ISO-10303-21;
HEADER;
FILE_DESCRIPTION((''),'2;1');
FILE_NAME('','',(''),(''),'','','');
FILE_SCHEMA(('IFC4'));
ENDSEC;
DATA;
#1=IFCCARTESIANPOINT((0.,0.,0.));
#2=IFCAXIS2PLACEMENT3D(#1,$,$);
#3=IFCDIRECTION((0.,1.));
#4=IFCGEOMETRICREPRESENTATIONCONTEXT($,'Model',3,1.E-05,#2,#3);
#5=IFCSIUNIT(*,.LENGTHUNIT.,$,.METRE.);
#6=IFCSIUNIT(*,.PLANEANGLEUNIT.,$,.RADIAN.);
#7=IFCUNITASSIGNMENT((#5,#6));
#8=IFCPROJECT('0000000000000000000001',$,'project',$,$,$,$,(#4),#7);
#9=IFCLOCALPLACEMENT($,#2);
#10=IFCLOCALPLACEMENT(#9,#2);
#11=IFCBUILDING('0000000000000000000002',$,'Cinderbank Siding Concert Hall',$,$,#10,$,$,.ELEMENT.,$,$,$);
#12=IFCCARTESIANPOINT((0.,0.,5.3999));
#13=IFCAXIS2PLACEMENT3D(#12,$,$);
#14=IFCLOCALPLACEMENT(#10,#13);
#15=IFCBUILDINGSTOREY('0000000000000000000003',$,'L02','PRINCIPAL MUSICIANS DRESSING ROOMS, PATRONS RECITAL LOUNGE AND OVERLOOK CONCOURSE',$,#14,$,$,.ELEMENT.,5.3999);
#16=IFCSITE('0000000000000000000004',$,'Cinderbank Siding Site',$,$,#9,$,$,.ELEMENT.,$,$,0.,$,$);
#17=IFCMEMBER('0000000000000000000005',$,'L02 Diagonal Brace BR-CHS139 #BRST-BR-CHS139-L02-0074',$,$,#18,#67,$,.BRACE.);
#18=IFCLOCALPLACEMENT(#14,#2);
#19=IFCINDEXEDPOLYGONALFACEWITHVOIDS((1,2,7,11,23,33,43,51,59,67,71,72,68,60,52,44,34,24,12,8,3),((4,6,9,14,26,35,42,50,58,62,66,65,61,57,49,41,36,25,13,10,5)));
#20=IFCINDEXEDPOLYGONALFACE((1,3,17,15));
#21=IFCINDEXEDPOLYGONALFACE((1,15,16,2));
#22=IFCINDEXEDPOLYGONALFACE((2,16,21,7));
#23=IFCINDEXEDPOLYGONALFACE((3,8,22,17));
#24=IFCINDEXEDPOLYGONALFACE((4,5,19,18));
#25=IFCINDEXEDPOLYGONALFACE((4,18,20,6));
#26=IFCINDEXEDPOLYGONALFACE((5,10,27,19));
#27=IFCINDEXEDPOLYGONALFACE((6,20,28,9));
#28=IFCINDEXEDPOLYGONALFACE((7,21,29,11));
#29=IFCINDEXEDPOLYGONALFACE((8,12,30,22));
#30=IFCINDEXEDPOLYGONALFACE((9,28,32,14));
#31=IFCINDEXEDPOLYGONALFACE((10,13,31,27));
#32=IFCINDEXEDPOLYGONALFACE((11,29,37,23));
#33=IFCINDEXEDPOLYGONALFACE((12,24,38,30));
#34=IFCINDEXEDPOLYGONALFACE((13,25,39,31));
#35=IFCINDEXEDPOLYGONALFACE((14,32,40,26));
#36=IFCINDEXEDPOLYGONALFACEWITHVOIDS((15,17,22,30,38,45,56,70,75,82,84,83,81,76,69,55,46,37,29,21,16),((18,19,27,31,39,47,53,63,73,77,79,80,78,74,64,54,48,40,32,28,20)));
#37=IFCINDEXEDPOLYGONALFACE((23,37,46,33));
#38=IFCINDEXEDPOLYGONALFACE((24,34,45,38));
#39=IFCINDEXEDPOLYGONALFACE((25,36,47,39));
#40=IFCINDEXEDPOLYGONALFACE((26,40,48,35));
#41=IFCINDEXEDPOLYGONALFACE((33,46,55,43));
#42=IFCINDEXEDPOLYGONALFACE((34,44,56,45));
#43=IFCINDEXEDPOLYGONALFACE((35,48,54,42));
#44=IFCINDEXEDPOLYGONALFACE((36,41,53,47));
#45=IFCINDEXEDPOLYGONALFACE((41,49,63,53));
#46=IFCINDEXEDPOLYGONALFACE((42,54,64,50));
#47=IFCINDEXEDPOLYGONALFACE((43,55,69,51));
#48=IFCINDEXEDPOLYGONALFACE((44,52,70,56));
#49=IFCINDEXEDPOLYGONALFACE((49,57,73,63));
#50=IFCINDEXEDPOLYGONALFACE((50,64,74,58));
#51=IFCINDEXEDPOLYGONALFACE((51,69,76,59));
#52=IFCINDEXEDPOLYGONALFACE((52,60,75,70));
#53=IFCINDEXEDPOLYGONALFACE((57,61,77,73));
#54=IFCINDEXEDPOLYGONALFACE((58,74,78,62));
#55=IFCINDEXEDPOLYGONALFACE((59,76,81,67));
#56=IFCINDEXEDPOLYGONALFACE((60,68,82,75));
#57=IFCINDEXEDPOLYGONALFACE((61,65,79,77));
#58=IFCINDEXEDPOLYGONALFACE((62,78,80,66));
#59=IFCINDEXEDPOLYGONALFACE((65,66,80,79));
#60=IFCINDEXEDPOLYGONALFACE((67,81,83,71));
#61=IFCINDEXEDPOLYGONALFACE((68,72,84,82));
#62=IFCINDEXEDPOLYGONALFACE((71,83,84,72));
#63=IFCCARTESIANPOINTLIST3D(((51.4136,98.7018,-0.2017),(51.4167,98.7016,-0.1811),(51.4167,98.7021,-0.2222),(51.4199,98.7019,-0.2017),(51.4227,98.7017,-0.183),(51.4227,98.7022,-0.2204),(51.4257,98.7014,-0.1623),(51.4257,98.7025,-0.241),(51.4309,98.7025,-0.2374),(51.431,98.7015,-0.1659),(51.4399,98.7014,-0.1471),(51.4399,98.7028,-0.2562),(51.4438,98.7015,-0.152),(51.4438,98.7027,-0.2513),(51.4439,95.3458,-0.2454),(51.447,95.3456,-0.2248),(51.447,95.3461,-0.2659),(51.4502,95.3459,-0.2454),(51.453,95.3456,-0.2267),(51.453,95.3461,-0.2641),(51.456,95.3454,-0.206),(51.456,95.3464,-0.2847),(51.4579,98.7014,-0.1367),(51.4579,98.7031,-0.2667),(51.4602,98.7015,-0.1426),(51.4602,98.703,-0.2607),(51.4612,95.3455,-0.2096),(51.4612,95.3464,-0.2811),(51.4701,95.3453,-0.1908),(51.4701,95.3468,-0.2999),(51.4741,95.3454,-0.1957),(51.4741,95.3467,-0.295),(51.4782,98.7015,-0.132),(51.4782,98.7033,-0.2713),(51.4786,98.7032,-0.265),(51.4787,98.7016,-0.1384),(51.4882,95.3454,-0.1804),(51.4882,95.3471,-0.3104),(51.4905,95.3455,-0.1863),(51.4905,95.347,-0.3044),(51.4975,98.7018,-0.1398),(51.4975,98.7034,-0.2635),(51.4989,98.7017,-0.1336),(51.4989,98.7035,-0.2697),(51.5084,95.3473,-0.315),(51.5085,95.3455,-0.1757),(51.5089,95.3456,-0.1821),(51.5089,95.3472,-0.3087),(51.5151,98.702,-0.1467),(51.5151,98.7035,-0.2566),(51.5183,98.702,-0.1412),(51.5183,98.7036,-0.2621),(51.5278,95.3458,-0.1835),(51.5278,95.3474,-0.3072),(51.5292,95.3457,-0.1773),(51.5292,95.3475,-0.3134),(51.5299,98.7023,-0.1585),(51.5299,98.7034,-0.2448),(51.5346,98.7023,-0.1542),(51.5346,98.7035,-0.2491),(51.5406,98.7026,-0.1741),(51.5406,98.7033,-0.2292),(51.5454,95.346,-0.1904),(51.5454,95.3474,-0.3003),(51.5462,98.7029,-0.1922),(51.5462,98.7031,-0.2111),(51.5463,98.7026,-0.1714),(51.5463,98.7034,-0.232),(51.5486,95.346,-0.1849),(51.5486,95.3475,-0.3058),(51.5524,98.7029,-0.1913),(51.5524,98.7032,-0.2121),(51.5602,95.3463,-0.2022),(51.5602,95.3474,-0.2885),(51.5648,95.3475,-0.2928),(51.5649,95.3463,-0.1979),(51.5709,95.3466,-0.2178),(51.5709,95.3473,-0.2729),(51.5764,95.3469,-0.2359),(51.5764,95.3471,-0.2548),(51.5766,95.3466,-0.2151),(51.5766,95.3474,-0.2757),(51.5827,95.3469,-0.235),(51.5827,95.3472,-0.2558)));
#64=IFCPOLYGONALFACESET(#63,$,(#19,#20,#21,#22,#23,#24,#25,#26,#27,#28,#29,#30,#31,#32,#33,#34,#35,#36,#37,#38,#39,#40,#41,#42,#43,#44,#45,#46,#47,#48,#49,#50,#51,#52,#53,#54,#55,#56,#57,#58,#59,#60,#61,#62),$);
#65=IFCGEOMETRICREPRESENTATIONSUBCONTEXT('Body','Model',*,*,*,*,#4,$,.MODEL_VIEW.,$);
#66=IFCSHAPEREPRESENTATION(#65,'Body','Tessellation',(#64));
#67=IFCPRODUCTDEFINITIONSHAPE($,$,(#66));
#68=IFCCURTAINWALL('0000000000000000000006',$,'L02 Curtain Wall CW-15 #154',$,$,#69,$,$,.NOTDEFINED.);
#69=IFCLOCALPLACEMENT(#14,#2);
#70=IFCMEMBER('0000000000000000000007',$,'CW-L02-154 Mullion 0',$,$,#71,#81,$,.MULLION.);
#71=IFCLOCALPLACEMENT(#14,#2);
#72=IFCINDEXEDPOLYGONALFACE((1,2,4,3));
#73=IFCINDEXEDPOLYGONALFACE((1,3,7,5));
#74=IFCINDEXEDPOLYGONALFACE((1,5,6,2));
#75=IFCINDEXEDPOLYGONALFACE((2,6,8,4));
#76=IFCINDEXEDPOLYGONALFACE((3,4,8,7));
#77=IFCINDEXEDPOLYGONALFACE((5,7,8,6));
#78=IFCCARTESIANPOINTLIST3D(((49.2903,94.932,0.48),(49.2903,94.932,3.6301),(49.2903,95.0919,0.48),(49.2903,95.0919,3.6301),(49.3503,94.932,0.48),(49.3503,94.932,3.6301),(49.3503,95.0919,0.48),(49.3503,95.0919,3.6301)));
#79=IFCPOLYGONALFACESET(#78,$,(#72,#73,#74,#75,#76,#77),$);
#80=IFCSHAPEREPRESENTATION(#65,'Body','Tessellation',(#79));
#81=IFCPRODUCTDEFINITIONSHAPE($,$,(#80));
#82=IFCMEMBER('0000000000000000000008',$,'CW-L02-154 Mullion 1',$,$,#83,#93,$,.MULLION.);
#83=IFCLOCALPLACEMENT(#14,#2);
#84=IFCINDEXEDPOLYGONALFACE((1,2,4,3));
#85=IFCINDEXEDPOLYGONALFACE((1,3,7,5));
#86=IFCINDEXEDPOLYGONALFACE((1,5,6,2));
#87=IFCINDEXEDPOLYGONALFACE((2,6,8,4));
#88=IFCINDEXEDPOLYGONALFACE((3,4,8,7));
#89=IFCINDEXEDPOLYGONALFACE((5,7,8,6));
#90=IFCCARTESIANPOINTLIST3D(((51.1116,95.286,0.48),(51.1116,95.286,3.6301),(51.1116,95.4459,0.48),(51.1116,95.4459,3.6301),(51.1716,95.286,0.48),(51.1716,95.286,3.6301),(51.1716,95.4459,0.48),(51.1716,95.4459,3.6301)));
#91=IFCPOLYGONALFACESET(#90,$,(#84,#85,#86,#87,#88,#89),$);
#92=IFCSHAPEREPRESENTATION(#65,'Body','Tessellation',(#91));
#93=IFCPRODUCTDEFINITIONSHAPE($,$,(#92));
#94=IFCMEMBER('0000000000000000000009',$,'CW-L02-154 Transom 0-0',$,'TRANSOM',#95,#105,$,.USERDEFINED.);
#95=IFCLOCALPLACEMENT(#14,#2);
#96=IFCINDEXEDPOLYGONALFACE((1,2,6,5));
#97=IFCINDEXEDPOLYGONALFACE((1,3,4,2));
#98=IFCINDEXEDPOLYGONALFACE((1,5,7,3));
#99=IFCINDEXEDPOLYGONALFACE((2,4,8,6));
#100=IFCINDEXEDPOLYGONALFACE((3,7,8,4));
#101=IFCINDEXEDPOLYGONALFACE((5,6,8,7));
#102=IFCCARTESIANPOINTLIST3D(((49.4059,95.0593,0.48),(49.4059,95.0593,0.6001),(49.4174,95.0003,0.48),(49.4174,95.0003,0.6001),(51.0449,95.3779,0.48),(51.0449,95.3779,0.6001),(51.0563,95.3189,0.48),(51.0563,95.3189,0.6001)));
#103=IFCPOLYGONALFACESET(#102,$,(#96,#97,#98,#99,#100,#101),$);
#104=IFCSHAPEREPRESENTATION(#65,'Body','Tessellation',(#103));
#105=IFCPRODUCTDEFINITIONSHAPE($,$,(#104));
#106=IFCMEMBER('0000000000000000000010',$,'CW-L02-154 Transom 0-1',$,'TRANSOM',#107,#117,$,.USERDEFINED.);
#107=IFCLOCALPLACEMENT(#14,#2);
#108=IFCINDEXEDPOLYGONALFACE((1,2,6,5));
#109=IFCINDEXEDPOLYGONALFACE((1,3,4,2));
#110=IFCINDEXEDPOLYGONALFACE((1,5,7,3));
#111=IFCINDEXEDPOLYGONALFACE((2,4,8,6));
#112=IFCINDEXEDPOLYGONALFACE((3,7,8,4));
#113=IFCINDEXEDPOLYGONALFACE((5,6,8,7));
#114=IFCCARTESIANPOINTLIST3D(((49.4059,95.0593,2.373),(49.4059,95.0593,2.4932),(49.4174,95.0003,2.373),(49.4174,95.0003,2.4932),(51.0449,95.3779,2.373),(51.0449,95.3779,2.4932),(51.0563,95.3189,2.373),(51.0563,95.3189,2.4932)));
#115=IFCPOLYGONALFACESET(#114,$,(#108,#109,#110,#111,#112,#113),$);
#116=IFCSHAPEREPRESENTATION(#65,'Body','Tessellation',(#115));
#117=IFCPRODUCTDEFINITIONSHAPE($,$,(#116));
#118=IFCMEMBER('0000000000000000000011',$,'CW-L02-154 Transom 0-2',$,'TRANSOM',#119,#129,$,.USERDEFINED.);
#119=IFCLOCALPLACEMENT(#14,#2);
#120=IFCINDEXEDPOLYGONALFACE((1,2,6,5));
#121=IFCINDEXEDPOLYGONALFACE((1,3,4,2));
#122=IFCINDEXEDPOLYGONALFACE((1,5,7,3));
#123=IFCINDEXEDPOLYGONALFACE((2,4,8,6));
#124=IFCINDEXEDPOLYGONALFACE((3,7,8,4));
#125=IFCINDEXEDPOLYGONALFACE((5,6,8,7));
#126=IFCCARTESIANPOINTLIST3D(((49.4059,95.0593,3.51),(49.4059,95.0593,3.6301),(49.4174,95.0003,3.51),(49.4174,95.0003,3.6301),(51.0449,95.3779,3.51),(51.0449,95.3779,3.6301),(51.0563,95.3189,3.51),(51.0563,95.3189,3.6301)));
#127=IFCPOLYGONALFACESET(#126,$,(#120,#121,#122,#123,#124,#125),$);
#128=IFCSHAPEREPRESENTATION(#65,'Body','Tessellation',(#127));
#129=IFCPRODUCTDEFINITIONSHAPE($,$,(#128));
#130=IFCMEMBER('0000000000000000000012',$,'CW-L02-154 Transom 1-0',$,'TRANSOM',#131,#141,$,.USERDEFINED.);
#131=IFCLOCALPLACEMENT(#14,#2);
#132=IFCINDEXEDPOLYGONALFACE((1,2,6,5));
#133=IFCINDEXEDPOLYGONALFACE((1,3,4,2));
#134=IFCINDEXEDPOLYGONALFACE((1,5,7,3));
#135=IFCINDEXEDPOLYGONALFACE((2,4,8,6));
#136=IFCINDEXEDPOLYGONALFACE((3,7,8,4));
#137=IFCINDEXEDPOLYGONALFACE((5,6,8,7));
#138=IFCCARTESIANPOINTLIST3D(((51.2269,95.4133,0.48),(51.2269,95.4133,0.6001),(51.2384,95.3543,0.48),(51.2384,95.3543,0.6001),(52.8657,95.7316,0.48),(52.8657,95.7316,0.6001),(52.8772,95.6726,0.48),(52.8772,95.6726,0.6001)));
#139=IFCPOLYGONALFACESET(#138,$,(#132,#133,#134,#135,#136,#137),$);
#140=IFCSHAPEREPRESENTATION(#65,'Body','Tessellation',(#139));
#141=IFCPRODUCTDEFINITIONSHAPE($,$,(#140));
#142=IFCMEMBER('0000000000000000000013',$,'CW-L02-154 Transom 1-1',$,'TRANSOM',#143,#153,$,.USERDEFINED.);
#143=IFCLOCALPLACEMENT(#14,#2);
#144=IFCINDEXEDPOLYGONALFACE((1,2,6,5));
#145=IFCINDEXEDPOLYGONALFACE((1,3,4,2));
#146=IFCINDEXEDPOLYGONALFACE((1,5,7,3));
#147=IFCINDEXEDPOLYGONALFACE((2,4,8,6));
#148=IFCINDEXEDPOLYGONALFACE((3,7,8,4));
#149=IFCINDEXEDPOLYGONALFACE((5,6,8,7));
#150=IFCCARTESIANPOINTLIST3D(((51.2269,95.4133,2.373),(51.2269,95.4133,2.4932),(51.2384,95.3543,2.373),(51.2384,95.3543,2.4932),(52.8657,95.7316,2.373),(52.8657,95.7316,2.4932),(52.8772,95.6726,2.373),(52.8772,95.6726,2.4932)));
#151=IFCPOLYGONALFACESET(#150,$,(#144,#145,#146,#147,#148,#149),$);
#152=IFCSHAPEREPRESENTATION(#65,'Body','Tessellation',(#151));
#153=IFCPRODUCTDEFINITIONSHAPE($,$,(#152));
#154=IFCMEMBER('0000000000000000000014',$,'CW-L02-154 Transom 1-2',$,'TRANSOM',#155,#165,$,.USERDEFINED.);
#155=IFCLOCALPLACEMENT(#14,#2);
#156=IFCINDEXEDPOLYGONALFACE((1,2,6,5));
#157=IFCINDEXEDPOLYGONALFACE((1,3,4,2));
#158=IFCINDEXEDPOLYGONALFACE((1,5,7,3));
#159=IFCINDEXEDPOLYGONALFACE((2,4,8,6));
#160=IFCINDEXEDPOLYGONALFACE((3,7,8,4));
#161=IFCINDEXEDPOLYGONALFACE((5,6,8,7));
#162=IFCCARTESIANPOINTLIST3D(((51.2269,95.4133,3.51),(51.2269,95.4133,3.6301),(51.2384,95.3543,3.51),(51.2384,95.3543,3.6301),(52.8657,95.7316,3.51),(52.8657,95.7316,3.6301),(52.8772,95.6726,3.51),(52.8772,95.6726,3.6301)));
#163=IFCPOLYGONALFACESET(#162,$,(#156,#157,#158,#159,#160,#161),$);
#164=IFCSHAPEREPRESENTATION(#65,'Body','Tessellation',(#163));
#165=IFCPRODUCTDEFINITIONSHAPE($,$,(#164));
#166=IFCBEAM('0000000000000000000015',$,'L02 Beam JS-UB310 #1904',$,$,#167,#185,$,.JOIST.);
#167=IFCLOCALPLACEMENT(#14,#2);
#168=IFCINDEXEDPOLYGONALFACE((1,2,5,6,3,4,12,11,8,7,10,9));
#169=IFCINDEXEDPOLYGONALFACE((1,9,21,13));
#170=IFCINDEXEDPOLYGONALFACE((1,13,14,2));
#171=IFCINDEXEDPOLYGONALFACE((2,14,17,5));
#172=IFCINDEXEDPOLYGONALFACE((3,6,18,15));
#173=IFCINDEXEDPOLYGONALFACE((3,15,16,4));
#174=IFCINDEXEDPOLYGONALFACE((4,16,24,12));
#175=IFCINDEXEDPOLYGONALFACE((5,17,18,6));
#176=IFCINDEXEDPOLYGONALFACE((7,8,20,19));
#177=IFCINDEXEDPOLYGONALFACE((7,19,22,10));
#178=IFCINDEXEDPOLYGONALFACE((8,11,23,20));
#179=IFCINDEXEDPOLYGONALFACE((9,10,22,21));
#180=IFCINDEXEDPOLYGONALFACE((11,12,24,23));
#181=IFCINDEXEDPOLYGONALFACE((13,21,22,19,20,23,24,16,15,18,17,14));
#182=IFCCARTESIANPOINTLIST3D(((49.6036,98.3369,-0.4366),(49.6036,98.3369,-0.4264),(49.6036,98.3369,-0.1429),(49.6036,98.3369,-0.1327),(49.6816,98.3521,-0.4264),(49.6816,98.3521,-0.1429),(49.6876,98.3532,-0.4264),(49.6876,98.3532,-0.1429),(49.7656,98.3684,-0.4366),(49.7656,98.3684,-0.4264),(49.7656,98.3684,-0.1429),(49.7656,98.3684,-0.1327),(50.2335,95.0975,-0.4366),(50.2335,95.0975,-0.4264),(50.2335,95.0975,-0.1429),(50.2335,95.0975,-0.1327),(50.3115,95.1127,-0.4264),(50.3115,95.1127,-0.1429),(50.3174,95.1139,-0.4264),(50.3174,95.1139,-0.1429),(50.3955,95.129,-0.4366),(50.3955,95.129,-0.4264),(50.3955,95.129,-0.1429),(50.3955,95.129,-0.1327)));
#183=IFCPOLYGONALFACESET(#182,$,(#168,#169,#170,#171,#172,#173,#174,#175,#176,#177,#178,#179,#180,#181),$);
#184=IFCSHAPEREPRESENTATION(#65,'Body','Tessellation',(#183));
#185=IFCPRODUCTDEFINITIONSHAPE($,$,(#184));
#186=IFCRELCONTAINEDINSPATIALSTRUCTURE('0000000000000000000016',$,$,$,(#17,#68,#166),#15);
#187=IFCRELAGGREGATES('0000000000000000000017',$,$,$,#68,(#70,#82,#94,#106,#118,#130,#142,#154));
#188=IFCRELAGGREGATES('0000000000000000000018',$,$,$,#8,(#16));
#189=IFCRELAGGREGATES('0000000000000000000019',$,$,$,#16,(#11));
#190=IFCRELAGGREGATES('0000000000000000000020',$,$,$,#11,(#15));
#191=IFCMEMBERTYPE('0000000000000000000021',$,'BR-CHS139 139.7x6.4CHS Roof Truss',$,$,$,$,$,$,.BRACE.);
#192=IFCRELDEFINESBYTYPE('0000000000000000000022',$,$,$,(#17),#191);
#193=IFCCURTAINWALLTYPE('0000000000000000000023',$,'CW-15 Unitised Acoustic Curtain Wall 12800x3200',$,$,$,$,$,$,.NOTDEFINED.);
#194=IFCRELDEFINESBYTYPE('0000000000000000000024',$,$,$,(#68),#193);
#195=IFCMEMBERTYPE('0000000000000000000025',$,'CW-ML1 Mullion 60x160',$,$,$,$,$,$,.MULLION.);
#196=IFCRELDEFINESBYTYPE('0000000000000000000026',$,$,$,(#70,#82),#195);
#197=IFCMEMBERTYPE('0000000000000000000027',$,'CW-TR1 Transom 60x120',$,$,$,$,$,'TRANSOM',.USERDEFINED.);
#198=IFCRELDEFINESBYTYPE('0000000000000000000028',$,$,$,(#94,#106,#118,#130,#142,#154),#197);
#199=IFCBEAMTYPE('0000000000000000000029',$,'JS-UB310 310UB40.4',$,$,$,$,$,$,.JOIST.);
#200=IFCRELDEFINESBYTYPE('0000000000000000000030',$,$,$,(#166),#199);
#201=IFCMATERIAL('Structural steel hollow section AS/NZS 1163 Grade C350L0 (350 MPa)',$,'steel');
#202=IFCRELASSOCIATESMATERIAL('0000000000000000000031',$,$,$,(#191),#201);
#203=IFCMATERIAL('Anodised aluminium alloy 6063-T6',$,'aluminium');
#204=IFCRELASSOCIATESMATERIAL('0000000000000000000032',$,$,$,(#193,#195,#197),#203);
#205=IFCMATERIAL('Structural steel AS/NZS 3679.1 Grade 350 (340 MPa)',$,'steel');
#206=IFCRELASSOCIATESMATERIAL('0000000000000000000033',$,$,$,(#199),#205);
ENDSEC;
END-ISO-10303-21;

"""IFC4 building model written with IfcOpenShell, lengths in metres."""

from ifc_helpers import new_model, si_unit, direction, frame, origin, origin_2d, place, context, subcontext, project, spatial, rectangle, hollow_circle, i_section, extrude, material, material_profile, profile_set, type_object, element, aggregate, save


model = new_model("IFC4")

# Units and contexts
model_context = context("Model", 3, precision=1e-05, world=origin(), true_north=direction((0.0, 1.0)))
body_context = subcontext(model_context, "Body", "Model", "MODEL_VIEW")
ifc_project = project(units=[si_unit("LENGTHUNIT", "METRE"), si_unit("PLANEANGLEUNIT", "RADIAN")], contexts=[model_context])

# Site, building, storey
site_placement = place(None, origin())
site = spatial("IfcSite", under=ifc_project, at=site_placement, Name="Cinderbank Siding Site", CompositionType="ELEMENT", RefElevation=0.0)
building_placement = place(site_placement, origin())
building = spatial("IfcBuilding", under=site, at=building_placement, Name="Cinderbank Siding Concert Hall", CompositionType="ELEMENT")
storey_placement = place(building_placement, frame((0.0, 0.0, 5.3999)))
storey = spatial("IfcBuildingStorey", under=building, at=storey_placement, Name="L02", Description="PRINCIPAL MUSICIANS DRESSING ROOMS, PATRONS RECITAL LOUNGE AND OVERLOOK CONCOURSE", CompositionType="ELEMENT", Elevation=5.3999)

# Member
ifc_material_1 = material(Name="Structural steel hollow section AS/NZS 1163 Grade C350L0 (350 MPa)", Category="steel")
ifc_material_profile_1 = material_profile(ifc_material_1, hollow_circle(Radius=0.0698, WallThickness=0.0063, at=origin_2d()), Name="139.7x6.4CHS", Category="LoadBearing")
ifc_profile_set_1 = profile_set([ifc_material_profile_1], Name="Structural steel hollow section AS/NZS 1163 Grade C350L0 (350 MPa)")
member_type_1 = type_object("IfcMemberType", Name="BR-CHS139 139.7x6.4CHS Roof Truss", PredefinedType="BRACE", material=ifc_profile_set_1)
member_1_placement = place(storey_placement, frame((51.5137, 95.3464, -0.2454), z_axis=(-0.00902, 0.999875, 0.01302), x_axis=(-0.999959, -0.00902, 0.0)))
element("IfcMember", 1, at=member_1_placement, inside=storey, type_object=member_type_1, Name="L02 Diagonal Brace BR-CHS139 #BRST-BR-CHS139-L02-0074", PredefinedType="BRACE", context=body_context, shape_type="SweptSolid", body=[
    extrude(hollow_circle(Radius=0.0698, WallThickness=0.0063, at=origin_2d()), origin(), (0.0, 0.0, 1.0), 3.3564),
])

# Curtain wall, members
ifc_material_2 = material(Name="Anodised aluminium alloy 6063-T6", Category="aluminium")
curtain_wall_type = type_object("IfcCurtainWallType", Name="CW-15 Unitised Acoustic Curtain Wall 12800x3200", PredefinedType="NOTDEFINED", material=ifc_material_2)
curtain_wall_placement = place(storey_placement, origin())
curtain_wall = element("IfcCurtainWall", 2, at=curtain_wall_placement, inside=storey, type_object=curtain_wall_type, Name="L02 Curtain Wall CW-15 #154", PredefinedType="NOTDEFINED")
ifc_material_profile_2 = material_profile(ifc_material_2, rectangle(XDim=0.0601, YDim=0.1599, at=origin_2d()), Name="ALU-MULL-60x160", Category="LoadBearing")
ifc_profile_set_2 = profile_set([ifc_material_profile_2], Name="Anodised aluminium alloy 6063-T6")
member_type_2 = type_object("IfcMemberType", Name="CW-ML1 Mullion 60x160", PredefinedType="MULLION", material=ifc_profile_set_2)
member_2_placement = place(storey_placement, frame((49.3203, 95.012, 0.48), z_axis=(0.0, 0.0, 1.0), x_axis=(1.0, 0.0, 0.0)))
member_2 = element("IfcMember", 3, at=member_2_placement, type_object=member_type_2, Name="CW-L02-154 Mullion 0", PredefinedType="MULLION", context=body_context, shape_type="SweptSolid", body=[
    extrude(rectangle(XDim=0.0601, YDim=0.1599, at=origin_2d()), origin(), (0.0, 0.0, 1.0), 3.1501),
])
member_3_placement = place(storey_placement, frame((51.1416, 95.366, 0.48), z_axis=(0.0, 0.0, 1.0), x_axis=(1.0, 0.0, 0.0)))
member_3 = element("IfcMember", 4, at=member_3_placement, type_object=member_type_2, Name="CW-L02-154 Mullion 1", PredefinedType="MULLION", context=body_context, shape_type="SweptSolid", body=[
    extrude(rectangle(XDim=0.0601, YDim=0.1599, at=origin_2d()), origin(), (0.0, 0.0, 1.0), 3.1501),
])
ifc_material_profile_3 = material_profile(ifc_material_2, rectangle(XDim=0.0601, YDim=0.1201, at=origin_2d()), Name="ALU-TRAN-60x120", Category="LoadBearing")
ifc_profile_set_3 = profile_set([ifc_material_profile_3], Name="Anodised aluminium alloy 6063-T6")
member_type_3 = type_object("IfcMemberType", Name="CW-TR1 Transom 60x120", ElementType="TRANSOM", PredefinedType="USERDEFINED", material=ifc_profile_set_3)
member_4_placement = place(storey_placement, frame((49.4116, 95.0298, 0.54), z_axis=(0.981624, 0.190827, 0.0), x_axis=(-0.190827, 0.981624, 0.0)))
member_4 = element("IfcMember", 5, at=member_4_placement, type_object=member_type_3, Name="CW-L02-154 Transom 0-0", ObjectType="TRANSOM", PredefinedType="USERDEFINED", context=body_context, shape_type="SweptSolid", body=[
    extrude(rectangle(XDim=0.0601, YDim=0.1201, at=origin_2d()), origin(), (0.0, 0.0, 1.0), 1.6697),
])
member_5_placement = place(storey_placement, frame((49.4116, 95.0298, 2.4331), z_axis=(0.981624, 0.190827, 0.0), x_axis=(-0.190827, 0.981624, 0.0)))
member_5 = element("IfcMember", 6, at=member_5_placement, type_object=member_type_3, Name="CW-L02-154 Transom 0-1", ObjectType="TRANSOM", PredefinedType="USERDEFINED", context=body_context, shape_type="SweptSolid", body=[
    extrude(rectangle(XDim=0.0601, YDim=0.1201, at=origin_2d()), origin(), (0.0, 0.0, 1.0), 1.6697),
])
member_6_placement = place(storey_placement, frame((49.4116, 95.0298, 3.5701), z_axis=(0.981624, 0.190827, 0.0), x_axis=(-0.190827, 0.981624, 0.0)))
member_6 = element("IfcMember", 7, at=member_6_placement, type_object=member_type_3, Name="CW-L02-154 Transom 0-2", ObjectType="TRANSOM", PredefinedType="USERDEFINED", context=body_context, shape_type="SweptSolid", body=[
    extrude(rectangle(XDim=0.0601, YDim=0.1201, at=origin_2d()), origin(), (0.0, 0.0, 1.0), 1.6697),
])
member_7_placement = place(storey_placement, frame((51.2327, 95.3838, 0.54), z_axis=(0.981651, 0.190686, 0.0), x_axis=(-0.190686, 0.981651, 0.0)))
member_7 = element("IfcMember", 8, at=member_7_placement, type_object=member_type_3, Name="CW-L02-154 Transom 1-0", ObjectType="TRANSOM", PredefinedType="USERDEFINED", context=body_context, shape_type="SweptSolid", body=[
    extrude(rectangle(XDim=0.0601, YDim=0.1201, at=origin_2d()), origin(), (0.0, 0.0, 1.0), 1.6694),
])
member_8_placement = place(storey_placement, frame((51.2327, 95.3838, 2.4331), z_axis=(0.981651, 0.190686, 0.0), x_axis=(-0.190686, 0.981651, 0.0)))
member_8 = element("IfcMember", 9, at=member_8_placement, type_object=member_type_3, Name="CW-L02-154 Transom 1-1", ObjectType="TRANSOM", PredefinedType="USERDEFINED", context=body_context, shape_type="SweptSolid", body=[
    extrude(rectangle(XDim=0.0601, YDim=0.1201, at=origin_2d()), origin(), (0.0, 0.0, 1.0), 1.6694),
])
member_9_placement = place(storey_placement, frame((51.2327, 95.3838, 3.5701), z_axis=(0.981651, 0.190686, 0.0), x_axis=(-0.190686, 0.981651, 0.0)))
member_9 = element("IfcMember", 10, at=member_9_placement, type_object=member_type_3, Name="CW-L02-154 Transom 1-2", ObjectType="TRANSOM", PredefinedType="USERDEFINED", context=body_context, shape_type="SweptSolid", body=[
    extrude(rectangle(XDim=0.0601, YDim=0.1201, at=origin_2d()), origin(), (0.0, 0.0, 1.0), 1.6694),
])

# Beam
ifc_material_3 = material(Name="Structural steel AS/NZS 3679.1 Grade 350 (340 MPa)", Category="steel")
ifc_material_profile_4 = material_profile(ifc_material_3, i_section(OverallWidth=0.165, OverallDepth=0.304, WebThickness=0.0061, FlangeThickness=0.0103, at=origin_2d()), Name="310UB40.4", Category="LoadBearing")
ifc_profile_set_4 = profile_set([ifc_material_profile_4], Name="Structural steel AS/NZS 3679.1 Grade 350 (340 MPa)")
beam_type = type_object("IfcBeamType", Name="JS-UB310 310UB40.4", PredefinedType="JOIST", material=ifc_profile_set_4)
beam_1_placement = place(storey_placement, frame((50.3145, 95.1133, -0.2847), z_axis=(-0.190864, 0.981617, 0.0), x_axis=(-0.981617, -0.190864, 0.0)))
element("IfcBeam", 11, at=beam_1_placement, inside=storey, type_object=beam_type, Name="L02 Beam JS-UB310 #1904", PredefinedType="JOIST", context=body_context, shape_type="SweptSolid", body=[
    extrude(i_section(OverallWidth=0.165, OverallDepth=0.304, WebThickness=0.0061, FlangeThickness=0.0103, at=origin_2d()), origin(), (0.0, 0.0, 1.0), 3.3),
])

aggregate(curtain_wall, [member_2, member_3, member_4, member_5, member_6, member_7, member_8, member_9])

save(model, "model.ifc")
